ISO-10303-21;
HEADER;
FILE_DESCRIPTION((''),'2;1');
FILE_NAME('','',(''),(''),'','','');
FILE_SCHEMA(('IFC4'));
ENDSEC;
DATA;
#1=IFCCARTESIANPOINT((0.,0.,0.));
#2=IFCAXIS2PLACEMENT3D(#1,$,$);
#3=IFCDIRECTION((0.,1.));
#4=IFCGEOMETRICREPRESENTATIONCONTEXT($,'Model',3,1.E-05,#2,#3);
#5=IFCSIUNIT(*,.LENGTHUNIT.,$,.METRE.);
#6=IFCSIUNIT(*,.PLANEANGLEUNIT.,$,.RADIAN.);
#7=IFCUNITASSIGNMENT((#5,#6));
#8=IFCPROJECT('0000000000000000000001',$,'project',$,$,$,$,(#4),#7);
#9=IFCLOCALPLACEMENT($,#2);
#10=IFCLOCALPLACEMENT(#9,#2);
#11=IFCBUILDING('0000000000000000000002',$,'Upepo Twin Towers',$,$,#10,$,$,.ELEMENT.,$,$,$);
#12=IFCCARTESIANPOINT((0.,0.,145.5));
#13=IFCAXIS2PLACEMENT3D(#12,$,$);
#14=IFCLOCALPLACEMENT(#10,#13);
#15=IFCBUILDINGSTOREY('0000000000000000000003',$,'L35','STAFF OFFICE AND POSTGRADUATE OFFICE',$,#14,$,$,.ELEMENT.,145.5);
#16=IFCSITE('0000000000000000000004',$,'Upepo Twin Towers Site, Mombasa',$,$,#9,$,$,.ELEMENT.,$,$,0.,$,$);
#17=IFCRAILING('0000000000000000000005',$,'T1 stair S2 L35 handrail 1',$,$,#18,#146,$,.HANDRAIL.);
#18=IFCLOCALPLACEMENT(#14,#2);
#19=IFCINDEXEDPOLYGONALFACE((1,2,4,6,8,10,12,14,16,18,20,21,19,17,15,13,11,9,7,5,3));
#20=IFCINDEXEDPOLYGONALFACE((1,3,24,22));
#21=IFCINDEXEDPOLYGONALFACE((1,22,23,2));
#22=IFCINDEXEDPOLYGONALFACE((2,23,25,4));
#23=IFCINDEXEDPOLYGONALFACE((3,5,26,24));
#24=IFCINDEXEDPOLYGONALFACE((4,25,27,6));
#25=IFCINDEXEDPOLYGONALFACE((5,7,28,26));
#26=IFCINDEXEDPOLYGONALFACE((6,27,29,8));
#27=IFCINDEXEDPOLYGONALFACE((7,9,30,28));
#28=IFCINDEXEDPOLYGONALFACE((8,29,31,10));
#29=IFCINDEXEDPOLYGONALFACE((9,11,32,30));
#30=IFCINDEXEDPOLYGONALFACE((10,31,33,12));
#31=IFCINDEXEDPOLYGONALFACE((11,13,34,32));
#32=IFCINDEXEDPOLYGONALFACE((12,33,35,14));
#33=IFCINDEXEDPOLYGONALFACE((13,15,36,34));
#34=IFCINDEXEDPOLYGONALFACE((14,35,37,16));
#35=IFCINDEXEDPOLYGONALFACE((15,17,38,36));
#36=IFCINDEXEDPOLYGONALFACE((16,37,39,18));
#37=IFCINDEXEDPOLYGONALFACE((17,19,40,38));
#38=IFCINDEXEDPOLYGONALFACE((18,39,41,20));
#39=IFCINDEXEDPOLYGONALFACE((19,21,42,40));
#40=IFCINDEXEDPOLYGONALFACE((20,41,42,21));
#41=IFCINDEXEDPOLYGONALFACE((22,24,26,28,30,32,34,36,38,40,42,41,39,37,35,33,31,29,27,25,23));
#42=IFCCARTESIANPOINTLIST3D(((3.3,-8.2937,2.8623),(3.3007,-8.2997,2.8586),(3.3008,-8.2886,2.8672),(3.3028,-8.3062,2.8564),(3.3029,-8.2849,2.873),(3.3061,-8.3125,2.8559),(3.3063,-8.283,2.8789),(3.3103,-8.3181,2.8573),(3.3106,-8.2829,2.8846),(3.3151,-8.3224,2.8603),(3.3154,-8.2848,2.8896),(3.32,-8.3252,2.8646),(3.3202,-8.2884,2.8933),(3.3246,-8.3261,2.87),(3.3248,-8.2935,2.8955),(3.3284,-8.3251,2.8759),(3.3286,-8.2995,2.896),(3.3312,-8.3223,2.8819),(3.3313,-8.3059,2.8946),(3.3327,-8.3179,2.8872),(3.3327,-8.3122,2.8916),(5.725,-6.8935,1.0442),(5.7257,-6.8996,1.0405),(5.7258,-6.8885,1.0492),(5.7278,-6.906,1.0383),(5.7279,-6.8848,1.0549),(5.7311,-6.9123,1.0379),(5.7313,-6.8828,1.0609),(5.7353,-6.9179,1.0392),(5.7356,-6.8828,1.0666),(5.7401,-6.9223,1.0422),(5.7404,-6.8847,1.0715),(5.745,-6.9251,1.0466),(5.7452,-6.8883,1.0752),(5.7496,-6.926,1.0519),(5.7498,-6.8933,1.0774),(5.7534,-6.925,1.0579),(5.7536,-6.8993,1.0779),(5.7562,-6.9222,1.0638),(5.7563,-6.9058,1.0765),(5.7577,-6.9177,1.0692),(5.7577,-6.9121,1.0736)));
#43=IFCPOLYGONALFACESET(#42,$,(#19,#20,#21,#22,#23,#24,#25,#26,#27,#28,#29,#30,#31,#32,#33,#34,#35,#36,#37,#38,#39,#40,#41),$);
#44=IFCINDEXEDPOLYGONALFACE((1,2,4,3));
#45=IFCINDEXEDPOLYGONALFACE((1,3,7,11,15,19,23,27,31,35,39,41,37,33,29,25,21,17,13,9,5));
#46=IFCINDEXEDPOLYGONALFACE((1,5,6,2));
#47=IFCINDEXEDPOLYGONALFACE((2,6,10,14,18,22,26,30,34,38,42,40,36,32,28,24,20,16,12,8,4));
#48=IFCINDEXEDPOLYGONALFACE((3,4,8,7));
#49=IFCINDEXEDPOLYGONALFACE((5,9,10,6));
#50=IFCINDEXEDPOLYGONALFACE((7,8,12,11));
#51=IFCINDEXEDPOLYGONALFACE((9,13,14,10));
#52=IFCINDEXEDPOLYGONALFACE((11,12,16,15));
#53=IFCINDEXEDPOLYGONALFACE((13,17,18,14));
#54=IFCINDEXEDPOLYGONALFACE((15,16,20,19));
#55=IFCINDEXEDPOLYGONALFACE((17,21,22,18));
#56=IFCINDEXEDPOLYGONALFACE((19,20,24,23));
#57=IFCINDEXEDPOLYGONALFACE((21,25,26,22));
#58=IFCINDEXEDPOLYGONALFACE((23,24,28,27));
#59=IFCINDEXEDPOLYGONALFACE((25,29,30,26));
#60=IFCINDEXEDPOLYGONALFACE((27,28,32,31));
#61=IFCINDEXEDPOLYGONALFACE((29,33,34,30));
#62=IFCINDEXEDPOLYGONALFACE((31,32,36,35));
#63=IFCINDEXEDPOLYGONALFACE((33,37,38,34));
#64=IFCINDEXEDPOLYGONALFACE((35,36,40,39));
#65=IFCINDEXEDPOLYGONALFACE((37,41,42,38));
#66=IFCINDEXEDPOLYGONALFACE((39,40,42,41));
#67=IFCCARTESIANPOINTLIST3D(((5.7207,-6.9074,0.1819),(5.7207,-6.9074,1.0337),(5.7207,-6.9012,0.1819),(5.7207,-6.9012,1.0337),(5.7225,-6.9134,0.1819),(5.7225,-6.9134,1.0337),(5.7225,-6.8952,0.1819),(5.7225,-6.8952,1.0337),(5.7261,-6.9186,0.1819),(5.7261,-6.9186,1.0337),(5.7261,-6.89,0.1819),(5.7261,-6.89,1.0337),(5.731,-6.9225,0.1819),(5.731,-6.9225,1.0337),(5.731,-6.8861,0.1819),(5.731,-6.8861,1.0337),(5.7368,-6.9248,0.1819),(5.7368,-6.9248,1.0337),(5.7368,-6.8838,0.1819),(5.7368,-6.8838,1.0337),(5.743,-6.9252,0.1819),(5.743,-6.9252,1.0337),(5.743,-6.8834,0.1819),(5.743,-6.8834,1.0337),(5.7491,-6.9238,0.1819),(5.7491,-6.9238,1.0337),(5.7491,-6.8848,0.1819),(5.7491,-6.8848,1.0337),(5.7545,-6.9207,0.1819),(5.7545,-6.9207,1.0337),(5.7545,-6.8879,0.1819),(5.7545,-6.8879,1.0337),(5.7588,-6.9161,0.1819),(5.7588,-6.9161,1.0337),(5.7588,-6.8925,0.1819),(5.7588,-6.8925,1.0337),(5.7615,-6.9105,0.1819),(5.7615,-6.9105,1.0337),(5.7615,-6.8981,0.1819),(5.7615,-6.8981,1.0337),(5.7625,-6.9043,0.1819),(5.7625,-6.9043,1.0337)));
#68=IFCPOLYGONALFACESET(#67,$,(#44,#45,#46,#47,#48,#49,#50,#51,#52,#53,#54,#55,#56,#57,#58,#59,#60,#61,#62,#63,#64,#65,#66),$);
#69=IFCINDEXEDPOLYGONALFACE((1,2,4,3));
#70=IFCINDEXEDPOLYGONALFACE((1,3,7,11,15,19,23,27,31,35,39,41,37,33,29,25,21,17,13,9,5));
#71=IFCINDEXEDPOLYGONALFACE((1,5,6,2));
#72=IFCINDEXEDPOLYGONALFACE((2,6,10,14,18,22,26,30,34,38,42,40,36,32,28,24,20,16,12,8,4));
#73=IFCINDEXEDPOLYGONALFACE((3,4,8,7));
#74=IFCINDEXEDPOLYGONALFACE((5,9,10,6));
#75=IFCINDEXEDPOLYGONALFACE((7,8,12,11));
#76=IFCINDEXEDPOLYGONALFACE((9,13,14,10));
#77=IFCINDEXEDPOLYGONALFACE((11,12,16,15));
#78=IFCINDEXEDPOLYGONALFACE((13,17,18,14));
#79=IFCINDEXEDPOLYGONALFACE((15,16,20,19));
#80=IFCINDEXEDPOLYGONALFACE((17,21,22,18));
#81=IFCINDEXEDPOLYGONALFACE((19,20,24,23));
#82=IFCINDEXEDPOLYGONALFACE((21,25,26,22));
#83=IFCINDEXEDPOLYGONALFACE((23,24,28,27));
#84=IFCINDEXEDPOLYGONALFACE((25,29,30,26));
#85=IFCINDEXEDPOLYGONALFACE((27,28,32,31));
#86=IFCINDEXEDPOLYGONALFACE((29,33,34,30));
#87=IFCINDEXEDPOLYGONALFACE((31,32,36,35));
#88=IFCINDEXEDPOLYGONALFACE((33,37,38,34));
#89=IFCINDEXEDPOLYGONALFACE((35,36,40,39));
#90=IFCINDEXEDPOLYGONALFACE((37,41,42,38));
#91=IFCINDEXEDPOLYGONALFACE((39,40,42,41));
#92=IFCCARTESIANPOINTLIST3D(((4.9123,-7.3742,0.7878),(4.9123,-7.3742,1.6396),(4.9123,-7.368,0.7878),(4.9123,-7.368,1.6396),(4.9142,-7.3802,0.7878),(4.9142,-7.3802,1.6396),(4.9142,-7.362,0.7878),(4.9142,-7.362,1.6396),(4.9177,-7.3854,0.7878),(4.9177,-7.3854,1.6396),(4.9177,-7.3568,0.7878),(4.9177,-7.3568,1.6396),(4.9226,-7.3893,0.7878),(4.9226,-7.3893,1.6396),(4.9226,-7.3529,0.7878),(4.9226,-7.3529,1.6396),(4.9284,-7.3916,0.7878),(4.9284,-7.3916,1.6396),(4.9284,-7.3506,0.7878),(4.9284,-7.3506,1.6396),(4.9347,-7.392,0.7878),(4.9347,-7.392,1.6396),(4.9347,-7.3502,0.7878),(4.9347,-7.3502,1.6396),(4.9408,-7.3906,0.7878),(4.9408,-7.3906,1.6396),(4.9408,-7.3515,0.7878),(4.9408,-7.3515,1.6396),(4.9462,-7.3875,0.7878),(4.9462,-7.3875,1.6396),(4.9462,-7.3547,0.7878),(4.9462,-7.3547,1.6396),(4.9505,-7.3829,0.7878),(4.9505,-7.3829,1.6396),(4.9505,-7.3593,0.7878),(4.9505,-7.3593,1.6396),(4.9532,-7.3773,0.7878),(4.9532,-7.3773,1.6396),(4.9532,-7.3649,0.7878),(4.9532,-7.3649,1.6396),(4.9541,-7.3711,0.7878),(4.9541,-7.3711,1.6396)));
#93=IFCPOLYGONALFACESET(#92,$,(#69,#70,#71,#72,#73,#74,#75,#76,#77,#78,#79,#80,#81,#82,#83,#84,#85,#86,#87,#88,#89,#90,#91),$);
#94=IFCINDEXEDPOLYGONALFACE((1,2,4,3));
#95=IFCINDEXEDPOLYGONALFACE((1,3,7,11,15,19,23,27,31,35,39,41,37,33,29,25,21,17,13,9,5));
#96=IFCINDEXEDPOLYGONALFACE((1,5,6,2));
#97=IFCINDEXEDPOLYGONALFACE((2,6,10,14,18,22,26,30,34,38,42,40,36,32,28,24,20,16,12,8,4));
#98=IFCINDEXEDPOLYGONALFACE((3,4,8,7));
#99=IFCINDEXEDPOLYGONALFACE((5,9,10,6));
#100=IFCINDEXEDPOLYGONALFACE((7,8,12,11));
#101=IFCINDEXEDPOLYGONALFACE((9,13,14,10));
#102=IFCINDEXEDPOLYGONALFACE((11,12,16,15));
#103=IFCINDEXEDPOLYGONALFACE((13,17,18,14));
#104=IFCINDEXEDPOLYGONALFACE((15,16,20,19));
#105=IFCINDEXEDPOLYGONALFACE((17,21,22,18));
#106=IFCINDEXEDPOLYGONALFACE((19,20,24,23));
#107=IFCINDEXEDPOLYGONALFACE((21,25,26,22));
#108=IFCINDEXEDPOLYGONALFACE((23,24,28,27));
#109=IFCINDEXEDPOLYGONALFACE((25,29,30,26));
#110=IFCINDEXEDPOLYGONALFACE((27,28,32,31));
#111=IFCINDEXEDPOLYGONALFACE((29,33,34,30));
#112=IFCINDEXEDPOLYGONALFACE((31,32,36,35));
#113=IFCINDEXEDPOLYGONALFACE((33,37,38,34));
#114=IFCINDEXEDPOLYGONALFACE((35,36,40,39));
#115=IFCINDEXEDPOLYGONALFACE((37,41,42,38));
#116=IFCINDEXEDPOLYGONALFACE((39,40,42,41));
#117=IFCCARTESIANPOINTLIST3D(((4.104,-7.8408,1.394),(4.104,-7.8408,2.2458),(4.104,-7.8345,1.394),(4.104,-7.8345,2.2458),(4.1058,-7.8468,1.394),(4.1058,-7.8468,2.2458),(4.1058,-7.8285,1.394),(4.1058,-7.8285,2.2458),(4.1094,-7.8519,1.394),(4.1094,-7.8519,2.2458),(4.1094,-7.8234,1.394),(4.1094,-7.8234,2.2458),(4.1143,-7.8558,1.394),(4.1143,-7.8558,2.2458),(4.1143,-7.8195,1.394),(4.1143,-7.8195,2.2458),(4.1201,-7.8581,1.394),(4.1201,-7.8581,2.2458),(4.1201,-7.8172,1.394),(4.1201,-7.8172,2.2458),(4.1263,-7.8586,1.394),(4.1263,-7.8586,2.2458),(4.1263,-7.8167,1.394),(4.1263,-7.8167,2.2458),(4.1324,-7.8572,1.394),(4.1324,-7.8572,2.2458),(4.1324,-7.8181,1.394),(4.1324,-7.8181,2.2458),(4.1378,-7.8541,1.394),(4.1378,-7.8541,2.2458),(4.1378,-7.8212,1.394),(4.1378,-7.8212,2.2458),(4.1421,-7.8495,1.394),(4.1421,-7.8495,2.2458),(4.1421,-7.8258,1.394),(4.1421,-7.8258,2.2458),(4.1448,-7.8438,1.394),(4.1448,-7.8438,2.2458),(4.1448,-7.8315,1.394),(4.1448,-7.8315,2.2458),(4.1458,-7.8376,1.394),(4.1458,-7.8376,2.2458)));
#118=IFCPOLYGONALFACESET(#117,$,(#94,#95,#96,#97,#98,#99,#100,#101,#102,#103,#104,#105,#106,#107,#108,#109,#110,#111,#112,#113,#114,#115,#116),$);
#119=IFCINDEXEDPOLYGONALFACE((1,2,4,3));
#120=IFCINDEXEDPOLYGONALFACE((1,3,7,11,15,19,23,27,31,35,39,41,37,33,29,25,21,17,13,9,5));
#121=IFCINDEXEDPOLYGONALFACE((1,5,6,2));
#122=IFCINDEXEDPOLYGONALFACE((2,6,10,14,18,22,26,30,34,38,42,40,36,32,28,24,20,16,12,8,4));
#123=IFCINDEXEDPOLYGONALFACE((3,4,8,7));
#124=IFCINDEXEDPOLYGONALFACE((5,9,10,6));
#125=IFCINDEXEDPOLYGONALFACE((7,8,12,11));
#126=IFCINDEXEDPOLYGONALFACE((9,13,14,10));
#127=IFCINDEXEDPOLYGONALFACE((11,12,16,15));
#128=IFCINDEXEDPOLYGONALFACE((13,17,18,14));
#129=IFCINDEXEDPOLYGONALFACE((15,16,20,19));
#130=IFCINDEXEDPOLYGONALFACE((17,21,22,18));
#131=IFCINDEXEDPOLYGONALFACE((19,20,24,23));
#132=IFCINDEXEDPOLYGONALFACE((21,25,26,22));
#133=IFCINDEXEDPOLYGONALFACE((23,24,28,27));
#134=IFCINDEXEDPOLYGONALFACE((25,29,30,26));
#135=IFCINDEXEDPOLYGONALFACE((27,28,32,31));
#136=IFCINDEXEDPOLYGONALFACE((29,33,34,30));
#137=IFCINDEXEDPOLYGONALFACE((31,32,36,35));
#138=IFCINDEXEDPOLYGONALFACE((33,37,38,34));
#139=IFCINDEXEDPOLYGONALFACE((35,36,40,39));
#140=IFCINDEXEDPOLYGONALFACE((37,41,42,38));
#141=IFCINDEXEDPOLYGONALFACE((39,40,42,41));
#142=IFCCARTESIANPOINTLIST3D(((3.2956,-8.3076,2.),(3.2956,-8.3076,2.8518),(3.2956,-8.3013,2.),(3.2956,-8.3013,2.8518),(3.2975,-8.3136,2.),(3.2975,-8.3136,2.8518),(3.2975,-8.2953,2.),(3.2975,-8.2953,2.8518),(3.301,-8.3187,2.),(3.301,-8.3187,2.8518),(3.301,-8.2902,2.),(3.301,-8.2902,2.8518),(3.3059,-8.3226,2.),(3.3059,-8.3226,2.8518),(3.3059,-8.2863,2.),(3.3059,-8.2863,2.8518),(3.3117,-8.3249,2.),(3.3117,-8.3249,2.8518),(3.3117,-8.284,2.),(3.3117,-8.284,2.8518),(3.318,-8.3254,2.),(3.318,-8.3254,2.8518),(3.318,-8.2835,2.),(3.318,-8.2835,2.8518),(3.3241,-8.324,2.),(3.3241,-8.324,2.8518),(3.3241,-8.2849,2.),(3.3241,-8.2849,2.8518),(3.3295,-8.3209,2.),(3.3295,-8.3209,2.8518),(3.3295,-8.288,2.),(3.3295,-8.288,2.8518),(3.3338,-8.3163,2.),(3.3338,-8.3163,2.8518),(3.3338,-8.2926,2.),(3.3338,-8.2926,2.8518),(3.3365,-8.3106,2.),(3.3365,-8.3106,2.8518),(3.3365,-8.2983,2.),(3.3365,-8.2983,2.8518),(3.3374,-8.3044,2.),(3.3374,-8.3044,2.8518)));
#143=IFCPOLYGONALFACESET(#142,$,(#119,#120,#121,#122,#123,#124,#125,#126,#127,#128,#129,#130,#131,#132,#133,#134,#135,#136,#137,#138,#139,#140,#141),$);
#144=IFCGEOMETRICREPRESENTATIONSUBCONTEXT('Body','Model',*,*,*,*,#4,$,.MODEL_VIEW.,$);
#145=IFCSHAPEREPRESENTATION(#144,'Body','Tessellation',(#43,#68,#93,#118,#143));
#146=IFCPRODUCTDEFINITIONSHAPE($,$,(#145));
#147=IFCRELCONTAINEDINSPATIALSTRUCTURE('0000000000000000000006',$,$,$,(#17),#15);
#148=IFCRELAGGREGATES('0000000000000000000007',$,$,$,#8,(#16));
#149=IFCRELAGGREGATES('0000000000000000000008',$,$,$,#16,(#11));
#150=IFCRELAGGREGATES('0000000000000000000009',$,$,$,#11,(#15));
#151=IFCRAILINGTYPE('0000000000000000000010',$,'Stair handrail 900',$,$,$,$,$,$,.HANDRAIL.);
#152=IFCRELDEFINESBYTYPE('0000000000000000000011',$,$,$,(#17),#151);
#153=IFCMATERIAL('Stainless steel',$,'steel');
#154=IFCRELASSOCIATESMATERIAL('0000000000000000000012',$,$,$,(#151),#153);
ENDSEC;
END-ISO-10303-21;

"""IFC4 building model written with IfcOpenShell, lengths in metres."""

from ifc_helpers import new_model, si_unit, direction, frame, origin, origin_2d, place, context, subcontext, project, spatial, circle, extrude, material, type_object, element, save


model = new_model("IFC4")

# Units and contexts
model_context = context("Model", 3, precision=1e-05, world=origin(), true_north=direction((0.0, 1.0)))
body_context = subcontext(model_context, "Body", "Model", "MODEL_VIEW")
ifc_project = project(units=[si_unit("LENGTHUNIT", "METRE"), si_unit("PLANEANGLEUNIT", "RADIAN")], contexts=[model_context])

# Site, building, storey
site_placement = place(None, origin())
site = spatial("IfcSite", under=ifc_project, at=site_placement, Name="Upepo Twin Towers Site, Mombasa", CompositionType="ELEMENT", RefElevation=0.0)
building_placement = place(site_placement, origin())
building = spatial("IfcBuilding", under=site, at=building_placement, Name="Upepo Twin Towers", CompositionType="ELEMENT")
storey_placement = place(building_placement, frame((0.0, 0.0, 145.5)))
storey = spatial("IfcBuildingStorey", under=building, at=storey_placement, Name="L35", Description="STAFF OFFICE AND POSTGRADUATE OFFICE", CompositionType="ELEMENT", Elevation=145.5)

# Railing
ifc_material_1 = material(Name="Stainless steel", Category="steel")
railing_type = type_object("IfcRailingType", Name="Stair handrail 900", PredefinedType="HANDRAIL", material=ifc_material_1)
railing_placement = place(storey_placement, frame((5.7415, -6.9043, 0.1819)))
element("IfcRailing", 1, at=railing_placement, inside=storey, type_object=railing_type, Name="T1 stair S2 L35 handrail 1", PredefinedType="HANDRAIL", context=body_context, shape_type="SweptSolid", body=[
    extrude(circle(Radius=0.0239, at=origin_2d()), frame((0.0, 0.0, 0.876), z_axis=(-0.726349, -0.419371, 0.54456), x_axis=(0.500012, -0.866019, 0.0)), (0.0, 0.0, 1.0), 3.3386),
    extrude(circle(Radius=0.021, at=origin_2d()), origin(), (0.0, 0.0, 1.0), 0.8518),
    extrude(circle(Radius=0.021, at=origin_2d()), frame((-0.8083, -0.4668, 0.606)), (0.0, 0.0, 1.0), 0.8518),
    extrude(circle(Radius=0.021, at=origin_2d()), frame((-1.6167, -0.9333, 1.2122)), (0.0, 0.0, 1.0), 0.8518),
    extrude(circle(Radius=0.021, at=origin_2d()), frame((-2.425, -1.4001, 1.8181)), (0.0, 0.0, 1.0), 0.8518),
])

save(model, "model.ifc")
